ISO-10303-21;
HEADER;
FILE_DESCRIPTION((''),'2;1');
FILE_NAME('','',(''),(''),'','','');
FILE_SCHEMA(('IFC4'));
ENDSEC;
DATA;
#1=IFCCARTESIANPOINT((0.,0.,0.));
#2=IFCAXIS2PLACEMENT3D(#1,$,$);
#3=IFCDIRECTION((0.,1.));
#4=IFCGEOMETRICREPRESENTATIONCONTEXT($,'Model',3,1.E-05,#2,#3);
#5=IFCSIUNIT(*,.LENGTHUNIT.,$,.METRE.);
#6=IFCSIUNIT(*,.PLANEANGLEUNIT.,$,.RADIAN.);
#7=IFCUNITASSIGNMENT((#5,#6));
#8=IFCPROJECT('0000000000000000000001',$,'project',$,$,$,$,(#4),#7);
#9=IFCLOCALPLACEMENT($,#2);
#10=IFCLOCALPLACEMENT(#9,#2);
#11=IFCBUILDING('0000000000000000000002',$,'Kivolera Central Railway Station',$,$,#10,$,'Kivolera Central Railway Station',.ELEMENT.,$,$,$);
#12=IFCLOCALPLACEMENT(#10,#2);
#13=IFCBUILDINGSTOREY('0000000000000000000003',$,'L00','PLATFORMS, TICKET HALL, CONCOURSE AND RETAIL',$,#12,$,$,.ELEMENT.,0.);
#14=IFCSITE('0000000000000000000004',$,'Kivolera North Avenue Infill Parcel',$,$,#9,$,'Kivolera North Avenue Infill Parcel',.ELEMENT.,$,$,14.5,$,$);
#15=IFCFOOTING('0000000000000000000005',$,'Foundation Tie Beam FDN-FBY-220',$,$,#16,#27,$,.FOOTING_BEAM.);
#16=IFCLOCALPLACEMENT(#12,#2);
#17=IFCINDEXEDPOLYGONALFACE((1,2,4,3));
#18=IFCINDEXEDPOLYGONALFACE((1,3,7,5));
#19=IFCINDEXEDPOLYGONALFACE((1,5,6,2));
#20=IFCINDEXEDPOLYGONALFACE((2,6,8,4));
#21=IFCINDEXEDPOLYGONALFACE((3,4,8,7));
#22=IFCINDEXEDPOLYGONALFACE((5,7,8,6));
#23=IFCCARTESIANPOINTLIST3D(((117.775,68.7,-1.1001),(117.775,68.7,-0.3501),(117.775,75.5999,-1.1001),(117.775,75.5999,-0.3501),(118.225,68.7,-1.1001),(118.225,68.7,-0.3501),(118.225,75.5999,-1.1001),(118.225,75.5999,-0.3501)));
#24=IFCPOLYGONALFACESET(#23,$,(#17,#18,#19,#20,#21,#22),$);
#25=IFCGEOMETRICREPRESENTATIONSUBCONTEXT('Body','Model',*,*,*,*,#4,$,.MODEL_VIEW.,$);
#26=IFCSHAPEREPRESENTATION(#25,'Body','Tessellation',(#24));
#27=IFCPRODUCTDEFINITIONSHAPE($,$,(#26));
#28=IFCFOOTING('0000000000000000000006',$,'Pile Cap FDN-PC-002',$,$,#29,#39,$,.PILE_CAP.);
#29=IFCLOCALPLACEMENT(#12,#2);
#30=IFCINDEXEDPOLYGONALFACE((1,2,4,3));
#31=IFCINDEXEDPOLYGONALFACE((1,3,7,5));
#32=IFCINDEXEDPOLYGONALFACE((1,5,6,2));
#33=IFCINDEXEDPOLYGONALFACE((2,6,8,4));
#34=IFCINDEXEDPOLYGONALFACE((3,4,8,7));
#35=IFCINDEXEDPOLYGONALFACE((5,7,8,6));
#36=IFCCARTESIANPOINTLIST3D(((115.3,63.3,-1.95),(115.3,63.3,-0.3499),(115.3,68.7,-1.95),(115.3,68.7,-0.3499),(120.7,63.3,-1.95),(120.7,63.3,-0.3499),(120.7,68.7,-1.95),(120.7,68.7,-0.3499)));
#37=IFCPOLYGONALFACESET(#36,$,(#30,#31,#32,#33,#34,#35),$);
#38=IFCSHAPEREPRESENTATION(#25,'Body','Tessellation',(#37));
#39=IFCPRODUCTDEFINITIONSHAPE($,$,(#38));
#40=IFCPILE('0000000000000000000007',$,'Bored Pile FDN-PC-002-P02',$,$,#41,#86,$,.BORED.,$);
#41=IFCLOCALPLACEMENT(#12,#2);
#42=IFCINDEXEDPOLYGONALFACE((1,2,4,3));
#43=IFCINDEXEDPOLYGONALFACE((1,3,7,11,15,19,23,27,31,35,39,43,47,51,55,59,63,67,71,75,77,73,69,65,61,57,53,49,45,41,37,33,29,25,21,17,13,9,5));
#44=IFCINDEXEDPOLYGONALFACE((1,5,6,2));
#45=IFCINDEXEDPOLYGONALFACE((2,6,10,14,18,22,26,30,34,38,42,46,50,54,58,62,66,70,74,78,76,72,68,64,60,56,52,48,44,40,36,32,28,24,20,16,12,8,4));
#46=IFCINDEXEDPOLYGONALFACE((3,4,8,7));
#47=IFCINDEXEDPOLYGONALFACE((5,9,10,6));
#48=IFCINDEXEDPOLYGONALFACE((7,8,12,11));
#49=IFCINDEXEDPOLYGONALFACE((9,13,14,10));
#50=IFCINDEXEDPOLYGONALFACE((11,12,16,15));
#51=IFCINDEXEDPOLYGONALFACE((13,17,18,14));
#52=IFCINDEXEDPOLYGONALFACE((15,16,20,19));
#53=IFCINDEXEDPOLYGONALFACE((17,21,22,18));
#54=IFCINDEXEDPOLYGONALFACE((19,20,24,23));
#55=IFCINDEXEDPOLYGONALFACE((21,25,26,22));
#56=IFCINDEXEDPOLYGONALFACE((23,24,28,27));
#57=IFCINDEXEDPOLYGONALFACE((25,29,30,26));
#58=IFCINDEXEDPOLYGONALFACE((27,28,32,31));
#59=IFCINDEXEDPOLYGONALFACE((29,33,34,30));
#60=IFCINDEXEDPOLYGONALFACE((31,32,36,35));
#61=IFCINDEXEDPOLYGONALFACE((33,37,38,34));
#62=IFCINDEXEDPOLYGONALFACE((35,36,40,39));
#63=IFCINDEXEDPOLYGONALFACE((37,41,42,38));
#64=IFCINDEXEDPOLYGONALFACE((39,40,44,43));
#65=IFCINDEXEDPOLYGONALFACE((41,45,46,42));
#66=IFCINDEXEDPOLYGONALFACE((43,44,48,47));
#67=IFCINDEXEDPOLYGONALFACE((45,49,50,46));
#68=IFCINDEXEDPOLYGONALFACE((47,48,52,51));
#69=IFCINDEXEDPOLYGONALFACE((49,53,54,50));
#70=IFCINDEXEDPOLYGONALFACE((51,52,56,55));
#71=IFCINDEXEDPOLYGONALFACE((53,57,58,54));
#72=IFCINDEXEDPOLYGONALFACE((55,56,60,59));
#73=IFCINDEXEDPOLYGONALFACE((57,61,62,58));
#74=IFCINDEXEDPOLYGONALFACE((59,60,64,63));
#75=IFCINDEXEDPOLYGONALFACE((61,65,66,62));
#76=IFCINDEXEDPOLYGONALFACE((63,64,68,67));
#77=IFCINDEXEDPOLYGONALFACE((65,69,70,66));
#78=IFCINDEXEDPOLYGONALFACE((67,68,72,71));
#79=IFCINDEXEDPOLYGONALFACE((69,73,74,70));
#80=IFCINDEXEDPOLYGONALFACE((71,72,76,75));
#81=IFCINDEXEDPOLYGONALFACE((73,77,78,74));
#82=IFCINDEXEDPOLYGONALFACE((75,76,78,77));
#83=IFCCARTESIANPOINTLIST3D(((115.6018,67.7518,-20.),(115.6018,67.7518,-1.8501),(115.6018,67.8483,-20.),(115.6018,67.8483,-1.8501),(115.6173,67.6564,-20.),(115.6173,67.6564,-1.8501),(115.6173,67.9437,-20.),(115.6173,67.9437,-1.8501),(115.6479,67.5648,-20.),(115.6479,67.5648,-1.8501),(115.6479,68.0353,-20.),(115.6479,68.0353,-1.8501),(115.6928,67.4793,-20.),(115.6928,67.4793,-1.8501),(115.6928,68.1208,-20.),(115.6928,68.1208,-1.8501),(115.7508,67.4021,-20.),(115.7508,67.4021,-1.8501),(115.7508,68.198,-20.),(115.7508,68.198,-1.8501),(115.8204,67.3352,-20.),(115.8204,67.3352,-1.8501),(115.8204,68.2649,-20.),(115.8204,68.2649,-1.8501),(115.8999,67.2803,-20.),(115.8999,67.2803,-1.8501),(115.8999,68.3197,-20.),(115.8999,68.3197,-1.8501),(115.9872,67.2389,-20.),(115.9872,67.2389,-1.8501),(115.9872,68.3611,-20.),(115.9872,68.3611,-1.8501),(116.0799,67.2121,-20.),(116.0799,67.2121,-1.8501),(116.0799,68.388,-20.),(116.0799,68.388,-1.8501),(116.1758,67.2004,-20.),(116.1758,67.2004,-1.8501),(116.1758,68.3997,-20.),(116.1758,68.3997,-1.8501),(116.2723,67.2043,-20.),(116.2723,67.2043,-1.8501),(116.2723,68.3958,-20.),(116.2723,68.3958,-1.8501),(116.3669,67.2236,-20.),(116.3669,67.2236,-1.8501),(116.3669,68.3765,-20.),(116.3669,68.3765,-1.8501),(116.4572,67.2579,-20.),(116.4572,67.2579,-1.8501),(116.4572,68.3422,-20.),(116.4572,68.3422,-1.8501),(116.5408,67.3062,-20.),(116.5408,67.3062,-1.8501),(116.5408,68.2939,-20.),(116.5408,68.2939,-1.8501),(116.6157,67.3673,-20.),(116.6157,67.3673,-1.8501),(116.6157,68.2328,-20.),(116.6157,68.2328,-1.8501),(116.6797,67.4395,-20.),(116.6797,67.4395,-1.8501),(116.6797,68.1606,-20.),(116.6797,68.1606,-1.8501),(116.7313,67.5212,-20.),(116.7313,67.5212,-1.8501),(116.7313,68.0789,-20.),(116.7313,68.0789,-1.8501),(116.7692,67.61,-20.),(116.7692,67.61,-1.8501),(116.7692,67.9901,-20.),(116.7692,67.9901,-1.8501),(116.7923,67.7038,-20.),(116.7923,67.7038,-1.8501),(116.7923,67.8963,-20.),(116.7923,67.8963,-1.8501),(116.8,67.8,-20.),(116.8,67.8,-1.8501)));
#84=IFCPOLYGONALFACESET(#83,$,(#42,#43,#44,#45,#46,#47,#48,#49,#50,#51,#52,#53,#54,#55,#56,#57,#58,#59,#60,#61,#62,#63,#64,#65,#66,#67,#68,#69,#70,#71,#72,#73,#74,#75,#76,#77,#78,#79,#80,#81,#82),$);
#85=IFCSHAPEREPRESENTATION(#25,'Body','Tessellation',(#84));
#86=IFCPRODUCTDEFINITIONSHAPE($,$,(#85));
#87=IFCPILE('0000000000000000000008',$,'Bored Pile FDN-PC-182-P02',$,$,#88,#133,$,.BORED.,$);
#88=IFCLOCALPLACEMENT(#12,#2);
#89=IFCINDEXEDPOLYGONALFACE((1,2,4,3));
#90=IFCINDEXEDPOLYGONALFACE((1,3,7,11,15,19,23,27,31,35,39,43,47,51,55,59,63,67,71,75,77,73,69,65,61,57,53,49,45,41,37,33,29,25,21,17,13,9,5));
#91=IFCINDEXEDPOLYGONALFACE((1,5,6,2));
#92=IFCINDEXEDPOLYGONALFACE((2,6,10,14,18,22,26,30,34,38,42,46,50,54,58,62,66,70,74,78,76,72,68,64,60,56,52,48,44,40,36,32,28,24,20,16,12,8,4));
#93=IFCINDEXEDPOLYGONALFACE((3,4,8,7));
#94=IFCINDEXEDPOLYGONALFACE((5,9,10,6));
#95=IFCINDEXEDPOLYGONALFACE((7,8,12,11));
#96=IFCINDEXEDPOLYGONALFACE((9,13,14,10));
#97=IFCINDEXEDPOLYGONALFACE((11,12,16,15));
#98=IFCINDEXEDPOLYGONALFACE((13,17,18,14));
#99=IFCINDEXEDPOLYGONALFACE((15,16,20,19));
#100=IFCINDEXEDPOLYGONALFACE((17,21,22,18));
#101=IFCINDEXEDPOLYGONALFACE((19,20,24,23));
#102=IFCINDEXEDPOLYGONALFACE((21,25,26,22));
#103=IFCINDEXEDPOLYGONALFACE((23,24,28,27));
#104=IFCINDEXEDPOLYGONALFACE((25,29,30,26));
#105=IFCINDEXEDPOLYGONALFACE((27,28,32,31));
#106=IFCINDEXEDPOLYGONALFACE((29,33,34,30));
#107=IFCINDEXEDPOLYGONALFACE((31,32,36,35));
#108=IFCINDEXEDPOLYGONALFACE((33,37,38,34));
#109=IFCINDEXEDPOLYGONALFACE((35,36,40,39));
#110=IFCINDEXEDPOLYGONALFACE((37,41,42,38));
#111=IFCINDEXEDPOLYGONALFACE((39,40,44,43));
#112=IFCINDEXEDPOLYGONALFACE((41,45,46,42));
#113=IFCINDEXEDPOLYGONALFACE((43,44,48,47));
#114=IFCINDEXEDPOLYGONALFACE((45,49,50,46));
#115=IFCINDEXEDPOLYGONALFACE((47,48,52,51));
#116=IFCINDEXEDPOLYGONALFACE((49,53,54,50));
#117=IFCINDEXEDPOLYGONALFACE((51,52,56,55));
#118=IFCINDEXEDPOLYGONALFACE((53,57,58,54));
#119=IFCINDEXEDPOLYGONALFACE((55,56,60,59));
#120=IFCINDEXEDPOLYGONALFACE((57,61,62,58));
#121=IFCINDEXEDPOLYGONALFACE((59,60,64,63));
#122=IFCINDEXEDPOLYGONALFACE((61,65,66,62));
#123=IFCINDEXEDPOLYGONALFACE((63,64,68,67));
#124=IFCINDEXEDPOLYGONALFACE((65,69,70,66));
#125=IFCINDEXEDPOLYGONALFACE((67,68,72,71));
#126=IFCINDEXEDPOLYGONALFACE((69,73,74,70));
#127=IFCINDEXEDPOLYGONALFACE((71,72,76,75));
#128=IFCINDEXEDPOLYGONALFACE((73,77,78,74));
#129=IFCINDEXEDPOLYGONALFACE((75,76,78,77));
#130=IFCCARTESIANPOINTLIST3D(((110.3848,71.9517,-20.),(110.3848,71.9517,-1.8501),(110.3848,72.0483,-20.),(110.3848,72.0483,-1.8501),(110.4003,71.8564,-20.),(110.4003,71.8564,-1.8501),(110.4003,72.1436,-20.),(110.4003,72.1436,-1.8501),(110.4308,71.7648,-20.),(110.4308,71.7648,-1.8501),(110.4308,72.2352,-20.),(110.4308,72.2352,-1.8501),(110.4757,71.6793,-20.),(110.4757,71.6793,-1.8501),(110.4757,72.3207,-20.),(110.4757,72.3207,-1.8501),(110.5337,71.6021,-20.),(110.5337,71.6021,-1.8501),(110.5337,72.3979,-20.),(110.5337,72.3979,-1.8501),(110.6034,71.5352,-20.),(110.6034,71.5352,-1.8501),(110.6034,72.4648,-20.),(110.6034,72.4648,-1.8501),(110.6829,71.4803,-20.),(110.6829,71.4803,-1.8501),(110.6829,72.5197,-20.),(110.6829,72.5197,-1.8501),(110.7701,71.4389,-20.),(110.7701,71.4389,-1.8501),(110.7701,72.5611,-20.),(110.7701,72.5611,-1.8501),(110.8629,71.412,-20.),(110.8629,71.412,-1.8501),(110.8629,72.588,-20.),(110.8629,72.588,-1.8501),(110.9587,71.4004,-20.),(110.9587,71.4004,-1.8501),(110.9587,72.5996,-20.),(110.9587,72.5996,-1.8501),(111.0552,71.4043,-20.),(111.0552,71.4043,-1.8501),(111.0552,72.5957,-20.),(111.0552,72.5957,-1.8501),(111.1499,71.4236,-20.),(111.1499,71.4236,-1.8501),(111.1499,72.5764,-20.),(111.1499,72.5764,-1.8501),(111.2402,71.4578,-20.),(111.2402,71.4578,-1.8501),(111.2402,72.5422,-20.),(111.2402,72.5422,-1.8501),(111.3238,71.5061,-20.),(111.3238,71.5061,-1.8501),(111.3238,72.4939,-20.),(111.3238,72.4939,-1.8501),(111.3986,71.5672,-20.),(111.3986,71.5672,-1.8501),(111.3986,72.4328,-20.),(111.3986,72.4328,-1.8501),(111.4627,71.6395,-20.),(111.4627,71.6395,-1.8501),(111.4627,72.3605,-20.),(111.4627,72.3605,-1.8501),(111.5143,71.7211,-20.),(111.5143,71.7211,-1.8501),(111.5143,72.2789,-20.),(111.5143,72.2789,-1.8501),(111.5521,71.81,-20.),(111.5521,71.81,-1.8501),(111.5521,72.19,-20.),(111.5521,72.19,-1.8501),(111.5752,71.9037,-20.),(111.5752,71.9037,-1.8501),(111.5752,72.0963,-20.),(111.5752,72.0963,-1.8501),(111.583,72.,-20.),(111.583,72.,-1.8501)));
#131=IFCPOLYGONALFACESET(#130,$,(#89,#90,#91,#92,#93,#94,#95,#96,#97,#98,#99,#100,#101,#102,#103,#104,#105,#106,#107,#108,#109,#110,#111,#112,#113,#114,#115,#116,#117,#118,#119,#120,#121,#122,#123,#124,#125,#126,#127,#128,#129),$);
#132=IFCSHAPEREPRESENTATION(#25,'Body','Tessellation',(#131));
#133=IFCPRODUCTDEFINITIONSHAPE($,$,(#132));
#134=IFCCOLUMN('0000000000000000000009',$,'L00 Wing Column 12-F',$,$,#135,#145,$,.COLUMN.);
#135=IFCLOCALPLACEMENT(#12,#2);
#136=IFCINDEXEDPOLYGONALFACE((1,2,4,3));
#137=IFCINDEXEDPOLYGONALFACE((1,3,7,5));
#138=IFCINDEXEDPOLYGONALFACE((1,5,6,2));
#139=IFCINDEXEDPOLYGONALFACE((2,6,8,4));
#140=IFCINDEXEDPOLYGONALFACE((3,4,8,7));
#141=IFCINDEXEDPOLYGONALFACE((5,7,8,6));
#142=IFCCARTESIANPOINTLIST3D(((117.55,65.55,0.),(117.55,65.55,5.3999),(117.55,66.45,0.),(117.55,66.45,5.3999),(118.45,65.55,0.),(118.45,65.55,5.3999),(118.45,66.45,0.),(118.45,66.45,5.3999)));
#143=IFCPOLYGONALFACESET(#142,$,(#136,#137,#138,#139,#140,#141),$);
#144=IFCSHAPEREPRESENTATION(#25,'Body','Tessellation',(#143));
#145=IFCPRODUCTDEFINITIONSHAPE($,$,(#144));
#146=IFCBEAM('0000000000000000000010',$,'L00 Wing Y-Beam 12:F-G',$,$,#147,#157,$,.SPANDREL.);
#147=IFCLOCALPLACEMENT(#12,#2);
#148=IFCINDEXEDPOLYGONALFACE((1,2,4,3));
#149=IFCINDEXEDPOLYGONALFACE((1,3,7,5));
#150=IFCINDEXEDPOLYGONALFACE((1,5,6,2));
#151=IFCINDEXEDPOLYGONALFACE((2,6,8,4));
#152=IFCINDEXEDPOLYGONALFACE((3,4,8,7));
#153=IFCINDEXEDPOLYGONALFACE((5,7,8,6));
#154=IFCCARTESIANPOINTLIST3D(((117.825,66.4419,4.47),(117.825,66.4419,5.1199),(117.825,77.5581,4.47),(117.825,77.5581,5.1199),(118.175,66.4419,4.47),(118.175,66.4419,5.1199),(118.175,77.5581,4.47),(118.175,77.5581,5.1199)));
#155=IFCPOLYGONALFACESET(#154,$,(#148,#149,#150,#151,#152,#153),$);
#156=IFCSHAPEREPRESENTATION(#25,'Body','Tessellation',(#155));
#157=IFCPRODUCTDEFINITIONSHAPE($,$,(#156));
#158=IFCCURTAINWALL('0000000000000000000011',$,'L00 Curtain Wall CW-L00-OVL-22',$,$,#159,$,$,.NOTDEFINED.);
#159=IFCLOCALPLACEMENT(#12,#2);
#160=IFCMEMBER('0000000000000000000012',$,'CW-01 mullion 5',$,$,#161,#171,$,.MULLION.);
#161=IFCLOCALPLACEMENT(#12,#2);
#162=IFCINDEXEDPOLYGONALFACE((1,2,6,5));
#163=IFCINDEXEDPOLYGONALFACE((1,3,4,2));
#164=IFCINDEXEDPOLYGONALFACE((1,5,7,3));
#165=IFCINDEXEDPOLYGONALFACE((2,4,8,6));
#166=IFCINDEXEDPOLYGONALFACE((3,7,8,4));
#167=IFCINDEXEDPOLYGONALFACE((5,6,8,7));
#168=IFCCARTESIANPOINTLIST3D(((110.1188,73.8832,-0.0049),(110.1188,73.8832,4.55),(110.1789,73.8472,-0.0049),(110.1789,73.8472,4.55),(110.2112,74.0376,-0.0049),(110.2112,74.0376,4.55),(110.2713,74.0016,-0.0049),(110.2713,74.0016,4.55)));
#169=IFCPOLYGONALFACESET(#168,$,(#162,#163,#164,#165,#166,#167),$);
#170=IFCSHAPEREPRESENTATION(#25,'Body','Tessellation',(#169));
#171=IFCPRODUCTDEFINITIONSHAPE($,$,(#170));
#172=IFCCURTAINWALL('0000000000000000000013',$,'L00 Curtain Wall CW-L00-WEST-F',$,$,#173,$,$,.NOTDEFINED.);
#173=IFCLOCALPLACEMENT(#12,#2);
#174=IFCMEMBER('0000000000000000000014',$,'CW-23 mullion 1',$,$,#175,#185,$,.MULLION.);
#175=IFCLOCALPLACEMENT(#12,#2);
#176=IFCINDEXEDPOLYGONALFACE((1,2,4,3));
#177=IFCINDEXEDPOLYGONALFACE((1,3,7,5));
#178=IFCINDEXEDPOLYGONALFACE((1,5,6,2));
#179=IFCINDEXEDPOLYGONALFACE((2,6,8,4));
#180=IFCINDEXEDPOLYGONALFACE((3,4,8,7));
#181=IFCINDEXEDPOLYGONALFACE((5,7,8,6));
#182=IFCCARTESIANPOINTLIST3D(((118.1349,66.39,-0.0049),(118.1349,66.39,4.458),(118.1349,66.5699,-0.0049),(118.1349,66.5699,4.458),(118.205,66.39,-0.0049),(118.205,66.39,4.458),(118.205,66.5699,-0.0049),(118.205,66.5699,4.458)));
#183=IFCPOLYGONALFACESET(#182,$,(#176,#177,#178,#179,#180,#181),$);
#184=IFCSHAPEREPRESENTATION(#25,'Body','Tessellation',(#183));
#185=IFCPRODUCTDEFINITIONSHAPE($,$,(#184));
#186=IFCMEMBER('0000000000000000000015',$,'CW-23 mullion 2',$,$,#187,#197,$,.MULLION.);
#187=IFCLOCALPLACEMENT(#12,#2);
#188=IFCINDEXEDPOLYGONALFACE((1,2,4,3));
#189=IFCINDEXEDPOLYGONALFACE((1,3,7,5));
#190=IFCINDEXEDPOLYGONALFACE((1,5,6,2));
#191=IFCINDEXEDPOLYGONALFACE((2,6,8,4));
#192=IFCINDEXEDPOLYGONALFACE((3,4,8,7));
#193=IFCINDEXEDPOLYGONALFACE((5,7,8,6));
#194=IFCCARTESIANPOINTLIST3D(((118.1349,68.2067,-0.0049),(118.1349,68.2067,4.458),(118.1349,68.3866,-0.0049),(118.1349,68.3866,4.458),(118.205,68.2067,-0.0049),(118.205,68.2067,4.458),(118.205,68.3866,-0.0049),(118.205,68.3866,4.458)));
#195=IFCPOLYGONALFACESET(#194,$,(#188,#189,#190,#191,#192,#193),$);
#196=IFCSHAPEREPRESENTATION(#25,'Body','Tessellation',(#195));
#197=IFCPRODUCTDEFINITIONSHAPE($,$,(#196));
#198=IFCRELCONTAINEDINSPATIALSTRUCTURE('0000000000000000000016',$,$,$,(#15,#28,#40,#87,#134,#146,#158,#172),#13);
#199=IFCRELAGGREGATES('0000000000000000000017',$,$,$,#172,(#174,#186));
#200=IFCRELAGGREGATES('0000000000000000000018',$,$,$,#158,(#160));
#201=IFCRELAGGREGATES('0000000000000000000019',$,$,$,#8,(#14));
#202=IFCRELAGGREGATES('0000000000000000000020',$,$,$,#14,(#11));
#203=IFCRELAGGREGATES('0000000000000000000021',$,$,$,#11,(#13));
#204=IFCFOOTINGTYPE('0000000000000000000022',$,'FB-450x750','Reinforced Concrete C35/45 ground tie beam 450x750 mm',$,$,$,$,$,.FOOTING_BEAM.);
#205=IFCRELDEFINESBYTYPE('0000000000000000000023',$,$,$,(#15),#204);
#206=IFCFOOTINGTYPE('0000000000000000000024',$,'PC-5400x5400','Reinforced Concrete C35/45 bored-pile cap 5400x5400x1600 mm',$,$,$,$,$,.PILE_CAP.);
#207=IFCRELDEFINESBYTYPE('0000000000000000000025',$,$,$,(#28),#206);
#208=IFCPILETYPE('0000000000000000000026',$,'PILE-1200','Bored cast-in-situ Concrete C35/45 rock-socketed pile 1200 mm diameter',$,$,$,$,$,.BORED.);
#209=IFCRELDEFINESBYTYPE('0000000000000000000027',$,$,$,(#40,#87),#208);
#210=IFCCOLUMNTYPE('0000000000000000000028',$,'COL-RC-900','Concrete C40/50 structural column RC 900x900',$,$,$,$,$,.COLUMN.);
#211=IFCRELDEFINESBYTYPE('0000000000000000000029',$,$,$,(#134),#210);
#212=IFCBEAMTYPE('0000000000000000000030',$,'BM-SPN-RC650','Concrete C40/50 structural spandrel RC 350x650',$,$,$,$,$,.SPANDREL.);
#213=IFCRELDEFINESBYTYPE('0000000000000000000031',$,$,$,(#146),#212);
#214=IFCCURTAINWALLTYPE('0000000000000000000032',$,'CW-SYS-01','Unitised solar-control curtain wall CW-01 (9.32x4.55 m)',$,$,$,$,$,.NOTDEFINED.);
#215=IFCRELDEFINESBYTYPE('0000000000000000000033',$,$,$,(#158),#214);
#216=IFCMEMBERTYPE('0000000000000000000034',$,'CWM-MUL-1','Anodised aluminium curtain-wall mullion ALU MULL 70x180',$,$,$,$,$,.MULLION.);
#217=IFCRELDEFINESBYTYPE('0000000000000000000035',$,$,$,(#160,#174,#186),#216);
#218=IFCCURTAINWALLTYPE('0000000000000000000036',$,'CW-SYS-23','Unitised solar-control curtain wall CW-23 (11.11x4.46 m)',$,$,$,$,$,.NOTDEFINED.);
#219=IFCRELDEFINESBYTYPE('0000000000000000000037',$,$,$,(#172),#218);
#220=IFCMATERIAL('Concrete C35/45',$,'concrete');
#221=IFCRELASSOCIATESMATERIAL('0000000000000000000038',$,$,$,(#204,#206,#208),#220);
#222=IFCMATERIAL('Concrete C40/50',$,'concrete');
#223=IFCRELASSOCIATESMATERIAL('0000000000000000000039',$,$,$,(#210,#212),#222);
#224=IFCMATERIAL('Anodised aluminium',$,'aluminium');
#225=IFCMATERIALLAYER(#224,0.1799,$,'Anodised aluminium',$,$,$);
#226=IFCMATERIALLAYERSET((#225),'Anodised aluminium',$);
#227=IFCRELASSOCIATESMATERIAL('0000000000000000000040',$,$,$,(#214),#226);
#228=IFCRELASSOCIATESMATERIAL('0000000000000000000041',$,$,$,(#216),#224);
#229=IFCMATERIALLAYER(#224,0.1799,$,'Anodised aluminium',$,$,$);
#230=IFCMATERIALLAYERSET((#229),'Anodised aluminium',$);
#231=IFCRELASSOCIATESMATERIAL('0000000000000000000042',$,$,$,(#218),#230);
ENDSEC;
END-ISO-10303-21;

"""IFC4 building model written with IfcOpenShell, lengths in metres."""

from ifc_helpers import new_model, si_unit, direction, frame, origin, origin_2d, place, context, subcontext, project, spatial, rectangle, circle, extrude, material, layer, layer_set, material_profile, profile_set, type_object, element, aggregate, save


model = new_model("IFC4")

# Units and contexts
model_context = context("Model", 3, precision=1e-05, world=origin(), true_north=direction((0.0, 1.0)))
body_context = subcontext(model_context, "Body", "Model", "MODEL_VIEW")
ifc_project = project(units=[si_unit("LENGTHUNIT", "METRE"), si_unit("PLANEANGLEUNIT", "RADIAN")], contexts=[model_context])

# Site, building, storey
site_placement = place(None, origin())
site = spatial("IfcSite", under=ifc_project, at=site_placement, Name="Kivolera North Avenue Infill Parcel", LongName="Kivolera North Avenue Infill Parcel", CompositionType="ELEMENT", RefElevation=14.5)
building_placement = place(site_placement, origin())
building = spatial("IfcBuilding", under=site, at=building_placement, Name="Kivolera Central Railway Station", LongName="Kivolera Central Railway Station", CompositionType="ELEMENT")
storey_placement = place(building_placement, origin())
storey = spatial("IfcBuildingStorey", under=building, at=storey_placement, Name="L00", Description="PLATFORMS, TICKET HALL, CONCOURSE AND RETAIL", CompositionType="ELEMENT", Elevation=0.0)

# Footings
ifc_material_1 = material(Name="Concrete C35/45", Category="concrete")
footing_type_1 = type_object("IfcFootingType", Name="FB-450x750", Description="Reinforced Concrete C35/45 ground tie beam 450x750 mm", PredefinedType="FOOTING_BEAM", material=ifc_material_1)
footing_1_placement = place(storey_placement, frame((118.0, 72.1499, -1.1001), z_axis=(0.0, 0.0, 1.0), x_axis=(1.0, 0.0, 0.0)))
element("IfcFooting", 1, at=footing_1_placement, inside=storey, type_object=footing_type_1, Name="Foundation Tie Beam FDN-FBY-220", PredefinedType="FOOTING_BEAM", context=body_context, shape_type="SweptSolid", body=[
    extrude(rectangle(XDim=0.45, YDim=6.8999, at=origin_2d()), origin(), (0.0, 0.0, 1.0), 0.75),
])
footing_type_2 = type_object("IfcFootingType", Name="PC-5400x5400", Description="Reinforced Concrete C35/45 bored-pile cap 5400x5400x1600 mm", PredefinedType="PILE_CAP", material=ifc_material_1)
footing_2_placement = place(storey_placement, frame((118.0, 66.0, -1.95), z_axis=(0.0, 0.0, 1.0), x_axis=(1.0, 0.0, 0.0)))
element("IfcFooting", 2, at=footing_2_placement, inside=storey, type_object=footing_type_2, Name="Pile Cap FDN-PC-002", PredefinedType="PILE_CAP", context=body_context, shape_type="SweptSolid", body=[
    extrude(rectangle(XDim=5.3999, YDim=5.3999, at=origin_2d()), origin(), (0.0, 0.0, 1.0), 1.6001),
])

# Piles
ifc_material_profile_1 = material_profile(ifc_material_1, circle(Radius=0.6001, at=origin_2d()), Name="PILE D1200")
ifc_profile_set_1 = profile_set([ifc_material_profile_1], Name="Concrete C35/45")
pile_type = type_object("IfcPileType", Name="PILE-1200", Description="Bored cast-in-situ Concrete C35/45 rock-socketed pile 1200 mm diameter", PredefinedType="BORED", material=ifc_profile_set_1)
for number, where, z_axis, x_axis, name in (
    (3, (116.2, 67.8, -1.8501), (0.0, 0.0, -1.0), (1.0, 0.0, 0.0), "Bored Pile FDN-PC-002-P02"),
    (4, (110.9829, 72.0, -1.8501), (0.0, 0.0, -1.0), (1.0, 0.0, 0.0), "Bored Pile FDN-PC-182-P02"),
):
    element("IfcPile", number, at=place(storey_placement, frame(where, z_axis=z_axis, x_axis=x_axis)), inside=storey, type_object=pile_type, Name=name, PredefinedType="BORED", context=body_context, shape_type="SweptSolid", body=[
        extrude(circle(Radius=0.6001, at=origin_2d()), origin(), (0.0, 0.0, 1.0), 18.1499),
    ])

# Column
ifc_material_2 = material(Name="Concrete C40/50", Category="concrete")
ifc_material_profile_2 = material_profile(ifc_material_2, rectangle(XDim=0.8999, YDim=0.8999, at=origin_2d()), Name="RC 900x900")
ifc_profile_set_2 = profile_set([ifc_material_profile_2], Name="Concrete C40/50")
column_type = type_object("IfcColumnType", Name="COL-RC-900", Description="Concrete C40/50 structural column RC 900x900", PredefinedType="COLUMN", material=ifc_profile_set_2)
column_placement = place(storey_placement, frame((118.0, 66.0, 0.0), z_axis=(0.0, 0.0, 1.0), x_axis=(1.0, 0.0, 0.0)))
element("IfcColumn", 5, at=column_placement, inside=storey, type_object=column_type, Name="L00 Wing Column 12-F", PredefinedType="COLUMN", context=body_context, shape_type="SweptSolid", body=[
    extrude(rectangle(XDim=0.8999, YDim=0.8999, at=origin_2d()), origin(), (0.0, 0.0, 1.0), 5.3999),
])

# Beam
ifc_material_profile_3 = material_profile(ifc_material_2, rectangle(XDim=0.3501, YDim=0.6499, at=origin_2d()), Name="RC 350x650")
ifc_profile_set_3 = profile_set([ifc_material_profile_3], Name="Concrete C40/50")
beam_type = type_object("IfcBeamType", Name="BM-SPN-RC650", Description="Concrete C40/50 structural spandrel RC 350x650", PredefinedType="SPANDREL", material=ifc_profile_set_3)
beam_placement = place(storey_placement, frame((118.0, 66.4419, 4.7949), z_axis=(0.0, 1.0, 0.0), x_axis=(-1.0, 0.0, 0.0)))
element("IfcBeam", 6, at=beam_placement, inside=storey, type_object=beam_type, Name="L00 Wing Y-Beam 12:F-G", PredefinedType="SPANDREL", context=body_context, shape_type="SweptSolid", body=[
    extrude(rectangle(XDim=0.3501, YDim=0.6499, at=origin_2d()), origin(), (0.0, 0.0, 1.0), 11.1162),
])

# Curtain wall, member
ifc_material_3 = material(Name="Anodised aluminium", Category="aluminium")
ifc_layer_1 = layer(ifc_material_3, 0.1799, Name="Anodised aluminium")
ifc_layer_set_1 = layer_set([ifc_layer_1], Name="Anodised aluminium")
curtain_wall_type_1 = type_object("IfcCurtainWallType", Name="CW-SYS-01", Description="Unitised solar-control curtain wall CW-01 (9.32x4.55 m)", PredefinedType="NOTDEFINED", material=ifc_layer_set_1)
curtain_wall_1_placement = place(storey_placement, origin())
curtain_wall_1 = element("IfcCurtainWall", 7, at=curtain_wall_1_placement, inside=storey, type_object=curtain_wall_type_1, Name="L00 Curtain Wall CW-L00-OVL-22", PredefinedType="NOTDEFINED")
ifc_material_profile_4 = material_profile(ifc_material_3, rectangle(XDim=0.0701, YDim=0.1799, at=origin_2d()), Name="ALU MULL 70x180")
ifc_profile_set_4 = profile_set([ifc_material_profile_4], Name="Anodised aluminium")
member_type_1 = type_object("IfcMemberType", Name="CWM-MUL-1", Description="Anodised aluminium curtain-wall mullion ALU MULL 70x180", PredefinedType="MULLION", material=ifc_profile_set_4)
member_1_placement = place(storey_placement, frame((110.1951, 73.9424, -0.0049), z_axis=(0.0, 0.0, 1.0), x_axis=(0.858117, -0.513454, 0.0)))
member_1 = element("IfcMember", 8, at=member_1_placement, type_object=member_type_1, Name="CW-01 mullion 5", PredefinedType="MULLION", context=body_context, shape_type="SweptSolid", body=[
    extrude(rectangle(XDim=0.0701, YDim=0.1799, at=origin_2d()), origin(), (0.0, 0.0, 1.0), 4.5549),
])

# Curtain wall, members
ifc_layer_2 = layer(ifc_material_3, 0.1799, Name="Anodised aluminium")
ifc_layer_set_2 = layer_set([ifc_layer_2], Name="Anodised aluminium")
curtain_wall_type_2 = type_object("IfcCurtainWallType", Name="CW-SYS-23", Description="Unitised solar-control curtain wall CW-23 (11.11x4.46 m)", PredefinedType="NOTDEFINED", material=ifc_layer_set_2)
curtain_wall_2_placement = place(storey_placement, origin())
curtain_wall_2 = element("IfcCurtainWall", 9, at=curtain_wall_2_placement, inside=storey, type_object=curtain_wall_type_2, Name="L00 Curtain Wall CW-L00-WEST-F", PredefinedType="NOTDEFINED")
member_2_placement = place(storey_placement, frame((118.1699, 66.48, -0.0049), z_axis=(0.0, 0.0, 1.0), x_axis=(-1.0, 0.0, 0.0)))
member_2 = element("IfcMember", 10, at=member_2_placement, type_object=member_type_1, Name="CW-23 mullion 1", PredefinedType="MULLION", context=body_context, shape_type="SweptSolid", body=[
    extrude(rectangle(XDim=0.0701, YDim=0.1799, at=origin_2d()), origin(), (0.0, 0.0, 1.0), 4.4629),
])
member_3_placement = place(storey_placement, frame((118.1699, 68.2966, -0.0049), z_axis=(0.0, 0.0, 1.0), x_axis=(-1.0, 0.0, 0.0)))
member_3 = element("IfcMember", 11, at=member_3_placement, type_object=member_type_1, Name="CW-23 mullion 2", PredefinedType="MULLION", context=body_context, shape_type="SweptSolid", body=[
    extrude(rectangle(XDim=0.0701, YDim=0.1799, at=origin_2d()), origin(), (0.0, 0.0, 1.0), 4.4629),
])

aggregate(curtain_wall_2, [member_2, member_3])
aggregate(curtain_wall_1, [member_1])

save(model, "model.ifc")
